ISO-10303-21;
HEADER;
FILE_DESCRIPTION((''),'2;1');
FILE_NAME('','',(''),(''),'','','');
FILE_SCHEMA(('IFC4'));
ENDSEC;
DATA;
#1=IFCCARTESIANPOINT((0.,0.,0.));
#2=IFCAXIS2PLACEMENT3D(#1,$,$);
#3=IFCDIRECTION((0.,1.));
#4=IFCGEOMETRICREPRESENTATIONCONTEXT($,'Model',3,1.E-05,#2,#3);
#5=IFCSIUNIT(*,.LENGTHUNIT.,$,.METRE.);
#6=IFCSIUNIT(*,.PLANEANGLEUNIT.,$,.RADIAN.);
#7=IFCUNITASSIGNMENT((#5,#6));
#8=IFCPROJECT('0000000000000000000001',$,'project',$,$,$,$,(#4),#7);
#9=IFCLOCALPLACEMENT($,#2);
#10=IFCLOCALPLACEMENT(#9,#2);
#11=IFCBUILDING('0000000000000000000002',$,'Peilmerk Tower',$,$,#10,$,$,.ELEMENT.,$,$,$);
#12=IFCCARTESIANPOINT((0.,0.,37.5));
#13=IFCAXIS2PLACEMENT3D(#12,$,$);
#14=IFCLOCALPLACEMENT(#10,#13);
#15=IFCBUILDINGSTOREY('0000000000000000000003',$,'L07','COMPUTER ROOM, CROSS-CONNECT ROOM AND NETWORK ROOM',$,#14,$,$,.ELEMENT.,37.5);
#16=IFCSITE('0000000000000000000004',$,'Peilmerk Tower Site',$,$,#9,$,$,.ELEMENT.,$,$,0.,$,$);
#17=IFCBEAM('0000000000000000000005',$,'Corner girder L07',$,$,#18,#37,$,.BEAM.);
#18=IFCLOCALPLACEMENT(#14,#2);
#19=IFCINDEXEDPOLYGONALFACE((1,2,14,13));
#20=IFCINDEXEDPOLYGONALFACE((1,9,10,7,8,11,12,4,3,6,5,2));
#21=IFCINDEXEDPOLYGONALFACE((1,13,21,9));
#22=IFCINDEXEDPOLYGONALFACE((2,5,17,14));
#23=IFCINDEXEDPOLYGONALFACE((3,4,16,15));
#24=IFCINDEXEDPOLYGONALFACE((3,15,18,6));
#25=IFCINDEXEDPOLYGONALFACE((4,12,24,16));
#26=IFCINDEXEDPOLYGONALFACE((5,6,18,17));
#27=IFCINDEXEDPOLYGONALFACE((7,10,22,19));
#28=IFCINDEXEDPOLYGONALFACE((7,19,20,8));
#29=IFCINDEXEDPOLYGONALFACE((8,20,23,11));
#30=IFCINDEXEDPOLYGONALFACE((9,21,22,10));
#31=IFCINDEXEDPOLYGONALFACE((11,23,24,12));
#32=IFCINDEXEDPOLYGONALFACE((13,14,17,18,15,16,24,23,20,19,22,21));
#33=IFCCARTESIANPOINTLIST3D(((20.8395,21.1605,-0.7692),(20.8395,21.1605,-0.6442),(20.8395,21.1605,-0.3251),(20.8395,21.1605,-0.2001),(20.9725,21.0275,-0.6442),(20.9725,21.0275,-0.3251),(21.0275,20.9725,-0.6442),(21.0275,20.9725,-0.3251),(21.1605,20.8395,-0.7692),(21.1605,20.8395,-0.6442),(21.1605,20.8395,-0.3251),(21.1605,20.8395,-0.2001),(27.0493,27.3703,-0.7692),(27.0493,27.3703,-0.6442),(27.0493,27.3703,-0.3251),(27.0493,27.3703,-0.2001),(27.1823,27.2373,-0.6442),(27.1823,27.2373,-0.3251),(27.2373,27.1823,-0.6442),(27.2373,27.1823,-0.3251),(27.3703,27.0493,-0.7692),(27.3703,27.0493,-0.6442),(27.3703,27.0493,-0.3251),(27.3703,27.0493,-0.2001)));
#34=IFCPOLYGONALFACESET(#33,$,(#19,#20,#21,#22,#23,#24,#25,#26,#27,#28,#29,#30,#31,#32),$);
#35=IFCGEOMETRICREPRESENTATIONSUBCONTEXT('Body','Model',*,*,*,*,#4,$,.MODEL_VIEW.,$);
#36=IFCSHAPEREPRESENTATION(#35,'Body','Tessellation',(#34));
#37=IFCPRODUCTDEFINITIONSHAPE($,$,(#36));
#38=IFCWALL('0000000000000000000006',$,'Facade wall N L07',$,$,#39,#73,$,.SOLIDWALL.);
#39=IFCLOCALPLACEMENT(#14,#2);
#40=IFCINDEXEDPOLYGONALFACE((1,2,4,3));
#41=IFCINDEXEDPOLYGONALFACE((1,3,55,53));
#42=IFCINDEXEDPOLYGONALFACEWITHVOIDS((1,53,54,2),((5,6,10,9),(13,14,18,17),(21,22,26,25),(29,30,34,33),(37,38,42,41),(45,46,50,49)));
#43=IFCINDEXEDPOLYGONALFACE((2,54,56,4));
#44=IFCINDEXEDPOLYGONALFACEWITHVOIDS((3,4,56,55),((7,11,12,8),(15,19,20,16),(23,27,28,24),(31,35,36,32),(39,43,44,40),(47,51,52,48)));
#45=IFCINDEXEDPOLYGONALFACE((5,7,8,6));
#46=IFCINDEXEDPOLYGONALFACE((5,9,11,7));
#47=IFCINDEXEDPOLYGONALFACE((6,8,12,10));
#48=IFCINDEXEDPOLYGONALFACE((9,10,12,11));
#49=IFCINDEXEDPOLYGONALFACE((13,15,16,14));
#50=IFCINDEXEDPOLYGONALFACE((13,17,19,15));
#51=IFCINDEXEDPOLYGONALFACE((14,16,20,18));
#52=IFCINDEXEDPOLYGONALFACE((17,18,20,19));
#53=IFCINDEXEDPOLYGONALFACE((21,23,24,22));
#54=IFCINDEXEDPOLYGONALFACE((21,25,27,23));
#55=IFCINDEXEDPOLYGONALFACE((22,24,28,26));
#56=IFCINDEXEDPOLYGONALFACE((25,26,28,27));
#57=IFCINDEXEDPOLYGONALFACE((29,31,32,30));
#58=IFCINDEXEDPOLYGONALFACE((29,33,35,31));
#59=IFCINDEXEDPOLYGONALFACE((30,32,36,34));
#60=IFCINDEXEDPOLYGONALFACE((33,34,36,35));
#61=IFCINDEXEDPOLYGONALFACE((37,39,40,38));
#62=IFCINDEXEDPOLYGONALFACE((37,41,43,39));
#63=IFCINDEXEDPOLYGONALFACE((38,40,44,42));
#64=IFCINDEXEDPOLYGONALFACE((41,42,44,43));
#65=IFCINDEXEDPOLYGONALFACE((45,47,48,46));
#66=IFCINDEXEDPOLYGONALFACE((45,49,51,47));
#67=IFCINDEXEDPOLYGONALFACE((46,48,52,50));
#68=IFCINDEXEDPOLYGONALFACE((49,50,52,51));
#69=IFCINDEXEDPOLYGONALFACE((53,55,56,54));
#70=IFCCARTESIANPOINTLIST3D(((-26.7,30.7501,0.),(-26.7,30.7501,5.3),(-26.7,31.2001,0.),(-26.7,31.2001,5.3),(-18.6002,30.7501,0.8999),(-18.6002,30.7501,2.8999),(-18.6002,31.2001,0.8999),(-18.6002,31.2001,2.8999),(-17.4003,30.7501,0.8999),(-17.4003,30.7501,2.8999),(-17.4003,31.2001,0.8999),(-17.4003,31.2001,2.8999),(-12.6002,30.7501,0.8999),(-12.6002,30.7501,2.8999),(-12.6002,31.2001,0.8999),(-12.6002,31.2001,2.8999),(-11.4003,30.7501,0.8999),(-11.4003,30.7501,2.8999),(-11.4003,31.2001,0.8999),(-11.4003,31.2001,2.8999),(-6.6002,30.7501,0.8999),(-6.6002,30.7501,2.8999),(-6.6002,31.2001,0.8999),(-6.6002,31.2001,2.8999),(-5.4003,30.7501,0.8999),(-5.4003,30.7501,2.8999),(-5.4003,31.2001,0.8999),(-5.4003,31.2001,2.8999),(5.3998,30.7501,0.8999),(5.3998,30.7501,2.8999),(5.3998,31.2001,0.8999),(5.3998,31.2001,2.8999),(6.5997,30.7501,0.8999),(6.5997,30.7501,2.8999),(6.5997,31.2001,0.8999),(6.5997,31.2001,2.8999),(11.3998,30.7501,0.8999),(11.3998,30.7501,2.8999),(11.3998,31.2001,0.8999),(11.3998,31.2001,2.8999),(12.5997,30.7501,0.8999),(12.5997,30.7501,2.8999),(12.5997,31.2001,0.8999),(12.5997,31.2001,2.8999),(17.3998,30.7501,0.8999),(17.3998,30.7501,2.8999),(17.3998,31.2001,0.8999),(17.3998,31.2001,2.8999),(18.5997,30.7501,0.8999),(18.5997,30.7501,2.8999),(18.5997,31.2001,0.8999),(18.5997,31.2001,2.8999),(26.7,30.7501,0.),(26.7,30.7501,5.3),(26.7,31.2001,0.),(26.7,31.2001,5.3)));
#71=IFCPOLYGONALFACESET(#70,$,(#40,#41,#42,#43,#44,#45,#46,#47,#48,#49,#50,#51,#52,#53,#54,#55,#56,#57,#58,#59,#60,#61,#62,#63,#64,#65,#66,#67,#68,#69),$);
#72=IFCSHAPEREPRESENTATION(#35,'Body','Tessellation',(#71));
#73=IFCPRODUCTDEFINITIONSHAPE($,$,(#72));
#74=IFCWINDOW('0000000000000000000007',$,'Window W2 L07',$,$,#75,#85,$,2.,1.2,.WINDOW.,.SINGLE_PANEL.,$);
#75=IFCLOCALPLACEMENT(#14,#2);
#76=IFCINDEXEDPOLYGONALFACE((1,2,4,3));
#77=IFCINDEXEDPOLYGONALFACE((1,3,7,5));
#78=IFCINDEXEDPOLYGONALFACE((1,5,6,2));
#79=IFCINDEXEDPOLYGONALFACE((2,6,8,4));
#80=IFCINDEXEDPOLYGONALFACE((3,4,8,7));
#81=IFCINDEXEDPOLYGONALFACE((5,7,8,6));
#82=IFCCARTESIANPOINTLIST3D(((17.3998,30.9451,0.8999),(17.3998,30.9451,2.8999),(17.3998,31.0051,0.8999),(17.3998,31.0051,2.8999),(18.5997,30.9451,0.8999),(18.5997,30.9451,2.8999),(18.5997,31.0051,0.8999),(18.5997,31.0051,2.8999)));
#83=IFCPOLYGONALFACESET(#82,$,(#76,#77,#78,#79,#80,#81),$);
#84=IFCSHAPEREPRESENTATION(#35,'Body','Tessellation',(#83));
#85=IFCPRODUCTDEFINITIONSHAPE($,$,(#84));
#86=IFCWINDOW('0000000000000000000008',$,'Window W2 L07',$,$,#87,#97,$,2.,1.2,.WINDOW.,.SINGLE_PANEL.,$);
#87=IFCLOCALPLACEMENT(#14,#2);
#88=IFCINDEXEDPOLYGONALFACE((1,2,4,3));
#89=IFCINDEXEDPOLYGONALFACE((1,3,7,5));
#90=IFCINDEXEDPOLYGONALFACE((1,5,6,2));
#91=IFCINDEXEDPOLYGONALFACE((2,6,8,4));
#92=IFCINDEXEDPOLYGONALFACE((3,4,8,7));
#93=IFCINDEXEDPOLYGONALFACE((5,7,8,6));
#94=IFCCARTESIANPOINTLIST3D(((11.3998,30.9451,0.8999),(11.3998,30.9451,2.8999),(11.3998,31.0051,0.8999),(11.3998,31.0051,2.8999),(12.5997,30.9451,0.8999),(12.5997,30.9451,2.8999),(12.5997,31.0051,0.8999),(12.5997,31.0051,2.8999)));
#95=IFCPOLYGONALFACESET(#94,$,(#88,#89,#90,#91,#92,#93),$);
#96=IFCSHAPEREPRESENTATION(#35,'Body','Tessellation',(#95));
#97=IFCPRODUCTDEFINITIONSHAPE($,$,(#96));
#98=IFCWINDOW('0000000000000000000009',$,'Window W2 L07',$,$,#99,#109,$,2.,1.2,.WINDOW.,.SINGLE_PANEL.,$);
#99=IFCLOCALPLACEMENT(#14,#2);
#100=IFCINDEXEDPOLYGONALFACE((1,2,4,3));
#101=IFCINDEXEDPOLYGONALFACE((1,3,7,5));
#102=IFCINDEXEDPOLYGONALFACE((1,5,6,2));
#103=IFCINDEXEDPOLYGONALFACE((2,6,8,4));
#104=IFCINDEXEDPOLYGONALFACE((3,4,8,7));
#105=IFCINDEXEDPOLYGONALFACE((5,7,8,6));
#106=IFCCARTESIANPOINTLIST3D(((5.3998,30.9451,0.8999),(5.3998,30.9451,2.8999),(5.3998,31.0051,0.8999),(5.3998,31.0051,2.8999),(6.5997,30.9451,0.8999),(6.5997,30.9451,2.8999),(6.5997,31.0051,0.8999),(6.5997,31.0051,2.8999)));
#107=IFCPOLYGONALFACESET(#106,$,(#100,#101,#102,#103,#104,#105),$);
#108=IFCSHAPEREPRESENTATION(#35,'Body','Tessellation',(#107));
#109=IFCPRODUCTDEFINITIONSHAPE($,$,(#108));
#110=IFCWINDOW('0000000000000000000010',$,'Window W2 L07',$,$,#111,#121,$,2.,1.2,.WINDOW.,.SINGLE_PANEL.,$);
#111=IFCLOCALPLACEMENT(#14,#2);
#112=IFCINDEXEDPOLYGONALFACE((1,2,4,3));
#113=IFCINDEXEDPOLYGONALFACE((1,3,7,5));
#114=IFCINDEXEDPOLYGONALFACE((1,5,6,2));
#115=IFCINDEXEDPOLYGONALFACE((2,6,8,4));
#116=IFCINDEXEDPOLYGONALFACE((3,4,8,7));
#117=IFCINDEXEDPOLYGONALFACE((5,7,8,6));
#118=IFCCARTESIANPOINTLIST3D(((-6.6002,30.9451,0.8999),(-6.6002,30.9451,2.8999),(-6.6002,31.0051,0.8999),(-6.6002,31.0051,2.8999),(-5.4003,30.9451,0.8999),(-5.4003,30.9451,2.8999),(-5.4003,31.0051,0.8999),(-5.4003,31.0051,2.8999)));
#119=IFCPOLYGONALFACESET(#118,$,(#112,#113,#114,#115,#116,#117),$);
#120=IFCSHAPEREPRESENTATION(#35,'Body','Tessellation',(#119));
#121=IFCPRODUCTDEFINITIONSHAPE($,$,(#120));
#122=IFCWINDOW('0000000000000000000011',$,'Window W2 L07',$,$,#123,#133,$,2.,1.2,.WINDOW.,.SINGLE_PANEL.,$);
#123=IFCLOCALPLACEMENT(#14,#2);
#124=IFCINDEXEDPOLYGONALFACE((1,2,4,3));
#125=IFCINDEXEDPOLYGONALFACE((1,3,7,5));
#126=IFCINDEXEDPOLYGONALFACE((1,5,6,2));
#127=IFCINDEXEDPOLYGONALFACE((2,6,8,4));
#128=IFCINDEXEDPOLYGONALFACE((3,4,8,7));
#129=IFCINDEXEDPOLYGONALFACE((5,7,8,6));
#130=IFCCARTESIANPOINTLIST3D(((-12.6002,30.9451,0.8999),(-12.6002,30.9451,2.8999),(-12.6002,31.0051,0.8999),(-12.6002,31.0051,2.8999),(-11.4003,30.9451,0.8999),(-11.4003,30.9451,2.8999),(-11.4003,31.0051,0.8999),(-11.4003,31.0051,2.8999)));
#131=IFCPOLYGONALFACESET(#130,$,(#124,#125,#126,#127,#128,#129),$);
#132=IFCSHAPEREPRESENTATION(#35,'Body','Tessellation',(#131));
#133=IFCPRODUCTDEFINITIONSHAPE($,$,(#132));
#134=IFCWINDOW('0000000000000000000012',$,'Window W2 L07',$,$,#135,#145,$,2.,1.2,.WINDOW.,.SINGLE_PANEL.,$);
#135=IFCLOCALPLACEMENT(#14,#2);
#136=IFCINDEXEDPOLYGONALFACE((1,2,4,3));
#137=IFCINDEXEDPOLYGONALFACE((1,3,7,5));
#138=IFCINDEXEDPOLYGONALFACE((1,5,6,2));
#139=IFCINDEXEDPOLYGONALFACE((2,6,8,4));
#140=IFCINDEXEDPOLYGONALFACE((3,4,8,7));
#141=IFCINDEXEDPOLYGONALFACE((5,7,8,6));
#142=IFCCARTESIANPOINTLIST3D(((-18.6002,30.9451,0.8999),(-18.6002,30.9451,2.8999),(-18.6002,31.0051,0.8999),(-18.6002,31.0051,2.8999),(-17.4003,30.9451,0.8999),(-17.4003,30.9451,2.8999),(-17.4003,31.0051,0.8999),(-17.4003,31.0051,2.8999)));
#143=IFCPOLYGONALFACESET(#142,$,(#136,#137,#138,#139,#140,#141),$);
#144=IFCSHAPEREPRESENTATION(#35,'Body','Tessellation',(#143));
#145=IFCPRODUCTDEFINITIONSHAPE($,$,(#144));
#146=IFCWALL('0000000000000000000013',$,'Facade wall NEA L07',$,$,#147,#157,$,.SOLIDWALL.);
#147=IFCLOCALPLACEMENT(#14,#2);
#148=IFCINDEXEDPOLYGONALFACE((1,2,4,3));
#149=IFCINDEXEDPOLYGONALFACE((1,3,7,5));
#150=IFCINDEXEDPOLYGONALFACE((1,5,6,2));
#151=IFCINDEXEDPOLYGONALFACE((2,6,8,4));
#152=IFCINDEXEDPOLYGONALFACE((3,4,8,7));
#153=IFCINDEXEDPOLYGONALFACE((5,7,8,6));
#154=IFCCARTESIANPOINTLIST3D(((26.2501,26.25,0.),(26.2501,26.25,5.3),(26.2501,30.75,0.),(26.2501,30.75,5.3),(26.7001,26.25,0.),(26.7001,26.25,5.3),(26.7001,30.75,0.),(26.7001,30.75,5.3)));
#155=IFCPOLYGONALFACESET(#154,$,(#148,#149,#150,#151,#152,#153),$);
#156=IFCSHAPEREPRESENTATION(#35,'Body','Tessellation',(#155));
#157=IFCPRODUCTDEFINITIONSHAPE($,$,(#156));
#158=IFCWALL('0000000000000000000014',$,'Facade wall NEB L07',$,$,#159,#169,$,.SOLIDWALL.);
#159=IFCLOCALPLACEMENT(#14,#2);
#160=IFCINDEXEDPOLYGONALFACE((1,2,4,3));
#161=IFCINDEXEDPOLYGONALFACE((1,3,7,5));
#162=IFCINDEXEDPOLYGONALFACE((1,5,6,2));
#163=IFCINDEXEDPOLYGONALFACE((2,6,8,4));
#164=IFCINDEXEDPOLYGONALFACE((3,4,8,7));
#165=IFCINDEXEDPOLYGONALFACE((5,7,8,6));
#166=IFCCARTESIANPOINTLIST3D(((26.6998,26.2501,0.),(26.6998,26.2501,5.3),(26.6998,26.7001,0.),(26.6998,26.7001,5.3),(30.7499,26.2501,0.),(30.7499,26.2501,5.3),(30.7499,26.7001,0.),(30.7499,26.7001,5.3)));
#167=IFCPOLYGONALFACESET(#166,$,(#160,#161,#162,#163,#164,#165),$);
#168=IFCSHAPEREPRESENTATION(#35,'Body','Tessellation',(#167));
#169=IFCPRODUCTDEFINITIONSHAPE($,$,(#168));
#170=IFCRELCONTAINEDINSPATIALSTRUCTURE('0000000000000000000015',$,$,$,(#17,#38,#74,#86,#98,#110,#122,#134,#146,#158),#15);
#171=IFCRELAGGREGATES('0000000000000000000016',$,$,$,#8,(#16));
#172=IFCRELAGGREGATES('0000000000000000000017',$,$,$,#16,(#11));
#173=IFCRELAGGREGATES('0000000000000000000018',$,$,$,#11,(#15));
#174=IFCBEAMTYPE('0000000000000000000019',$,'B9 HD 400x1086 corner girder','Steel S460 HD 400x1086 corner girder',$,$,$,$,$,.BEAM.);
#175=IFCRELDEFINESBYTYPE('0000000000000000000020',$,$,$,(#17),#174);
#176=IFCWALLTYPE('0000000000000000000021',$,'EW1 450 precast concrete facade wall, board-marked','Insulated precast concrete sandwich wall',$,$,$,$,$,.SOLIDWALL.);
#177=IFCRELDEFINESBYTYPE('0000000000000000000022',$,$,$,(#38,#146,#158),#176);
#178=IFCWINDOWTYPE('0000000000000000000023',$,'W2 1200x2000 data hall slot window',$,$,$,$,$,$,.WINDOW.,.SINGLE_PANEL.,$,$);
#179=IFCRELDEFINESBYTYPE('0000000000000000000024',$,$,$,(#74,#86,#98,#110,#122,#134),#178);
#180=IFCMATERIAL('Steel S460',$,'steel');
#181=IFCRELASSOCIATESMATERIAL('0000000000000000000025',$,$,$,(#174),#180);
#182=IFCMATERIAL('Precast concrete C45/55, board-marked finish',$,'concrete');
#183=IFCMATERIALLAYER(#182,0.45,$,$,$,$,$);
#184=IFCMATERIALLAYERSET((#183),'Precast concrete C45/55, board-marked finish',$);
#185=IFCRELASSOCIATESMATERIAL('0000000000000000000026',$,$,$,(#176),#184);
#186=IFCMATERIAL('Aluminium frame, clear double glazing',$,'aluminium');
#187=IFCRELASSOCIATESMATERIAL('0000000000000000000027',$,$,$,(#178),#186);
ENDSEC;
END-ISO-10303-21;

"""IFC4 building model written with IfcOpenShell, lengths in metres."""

from ifc_helpers import new_model, si_unit, direction, frame, frame_2d, origin, origin_2d, place, context, subcontext, project, spatial, rectangle, i_section, extrude, material, layer, layer_set, material_profile, profile_set, type_object, element, fill, save


model = new_model("IFC4")

# Units and contexts
model_context = context("Model", 3, precision=1e-05, world=origin(), true_north=direction((0.0, 1.0)))
body_context = subcontext(model_context, "Body", "Model", "MODEL_VIEW")
ifc_project = project(units=[si_unit("LENGTHUNIT", "METRE"), si_unit("PLANEANGLEUNIT", "RADIAN")], contexts=[model_context])

# Site, building, storey
site_placement = place(None, origin())
site = spatial("IfcSite", under=ifc_project, at=site_placement, Name="Peilmerk Tower Site", CompositionType="ELEMENT", RefElevation=0.0)
building_placement = place(site_placement, origin())
building = spatial("IfcBuilding", under=site, at=building_placement, Name="Peilmerk Tower", CompositionType="ELEMENT")
storey_placement = place(building_placement, frame((0.0, 0.0, 37.5)))
storey = spatial("IfcBuildingStorey", under=building, at=storey_placement, Name="L07", Description="COMPUTER ROOM, CROSS-CONNECT ROOM AND NETWORK ROOM", CompositionType="ELEMENT", Elevation=37.5)

# Beam
ifc_material_1 = material(Name="Steel S460", Category="steel")
ifc_material_profile_1 = material_profile(ifc_material_1, i_section(OverallWidth=0.4541, OverallDepth=0.5691, WebThickness=0.0779, FlangeThickness=0.125, at=origin_2d()), Name="HD 400x1086")
ifc_profile_set_1 = profile_set([ifc_material_profile_1], Name="Steel S460")
beam_type_1 = type_object("IfcBeamType", Name="B9 HD 400x1086 corner girder", Description="Steel S460 HD 400x1086 corner girder", PredefinedType="BEAM", material=ifc_profile_set_1)
beam_1_placement = place(storey_placement, frame((21.0, 21.0, -0.4846), z_axis=(0.707107, 0.707107, 0.0), x_axis=(-0.707107, 0.707107, 0.0)))
element("IfcBeam", 1, at=beam_1_placement, inside=storey, type_object=beam_type_1, Name="Corner girder L07", PredefinedType="BEAM", context=body_context, shape_type="SweptSolid", body=[
    extrude(i_section(OverallWidth=0.4541, OverallDepth=0.5691, WebThickness=0.0779, FlangeThickness=0.125, at=origin_2d()), origin(), (0.0, 0.0, 1.0), 8.782),
])

# Wall, openings, windows
ifc_material_2 = material(Name="Precast concrete C45/55, board-marked finish", Category="concrete")
ifc_layer = layer(ifc_material_2, 0.45)
ifc_layer_set = layer_set([ifc_layer], Name="Precast concrete C45/55, board-marked finish")
wall_type = type_object("IfcWallType", Name="EW1 450 precast concrete facade wall, board-marked", Description="Insulated precast concrete sandwich wall", PredefinedType="SOLIDWALL", material=ifc_layer_set)
wall_1_placement = place(storey_placement, frame((26.7, 30.9751, 0.0), z_axis=(0.0, 0.0, 1.0), x_axis=(-1.0, 0.0, 0.0)))
wall_1 = element("IfcWall", 2, at=wall_1_placement, inside=storey, type_object=wall_type, Name="Facade wall N L07", PredefinedType="SOLIDWALL", context=body_context, shape_type="SweptSolid", body=[
    extrude(rectangle(XDim=53.3999, YDim=0.45, at=frame_2d((26.7, 0.0))), origin(), (0.0, 0.0, 1.0), 5.3),
])
opening_1_placement = place(wall_1_placement, frame((8.1001, 0.0, 0.8999)))
opening_1 = element("IfcOpeningElement", 3, at=opening_1_placement, cuts=wall_1, PredefinedType="OPENING", context=body_context, shape_type="SweptSolid", body=[
    extrude(rectangle(XDim=1.2, YDim=2.0, at=frame_2d((0.6001, 1.0))), frame((0.0, 0.2349, 0.0), z_axis=(0.0, -1.0, 0.0), x_axis=(1.0, 0.0, 0.0)), (0.0, 0.0, 1.0), 0.47),
])
opening_2_placement = place(wall_1_placement, frame((14.1001, 0.0, 0.8999)))
opening_2 = element("IfcOpeningElement", 4, at=opening_2_placement, cuts=wall_1, PredefinedType="OPENING", context=body_context, shape_type="SweptSolid", body=[
    extrude(rectangle(XDim=1.2, YDim=2.0, at=frame_2d((0.6001, 1.0))), frame((0.0, 0.2349, 0.0), z_axis=(0.0, -1.0, 0.0), x_axis=(1.0, 0.0, 0.0)), (0.0, 0.0, 1.0), 0.47),
])
opening_3_placement = place(wall_1_placement, frame((20.1001, 0.0, 0.8999)))
opening_3 = element("IfcOpeningElement", 5, at=opening_3_placement, cuts=wall_1, PredefinedType="OPENING", context=body_context, shape_type="SweptSolid", body=[
    extrude(rectangle(XDim=1.2, YDim=2.0, at=frame_2d((0.6001, 1.0))), frame((0.0, 0.2349, 0.0), z_axis=(0.0, -1.0, 0.0), x_axis=(1.0, 0.0, 0.0)), (0.0, 0.0, 1.0), 0.47),
])
opening_4_placement = place(wall_1_placement, frame((32.1001, 0.0, 0.8999)))
opening_4 = element("IfcOpeningElement", 6, at=opening_4_placement, cuts=wall_1, PredefinedType="OPENING", context=body_context, shape_type="SweptSolid", body=[
    extrude(rectangle(XDim=1.2, YDim=2.0, at=frame_2d((0.6001, 1.0))), frame((0.0, 0.2349, 0.0), z_axis=(0.0, -1.0, 0.0), x_axis=(1.0, 0.0, 0.0)), (0.0, 0.0, 1.0), 0.47),
])
opening_5_placement = place(wall_1_placement, frame((38.1001, 0.0, 0.8999)))
opening_5 = element("IfcOpeningElement", 7, at=opening_5_placement, cuts=wall_1, PredefinedType="OPENING", context=body_context, shape_type="SweptSolid", body=[
    extrude(rectangle(XDim=1.2, YDim=2.0, at=frame_2d((0.6001, 1.0))), frame((0.0, 0.2349, 0.0), z_axis=(0.0, -1.0, 0.0), x_axis=(1.0, 0.0, 0.0)), (0.0, 0.0, 1.0), 0.47),
])
opening_6_placement = place(wall_1_placement, frame((44.1001, 0.0, 0.8999)))
opening_6 = element("IfcOpeningElement", 8, at=opening_6_placement, cuts=wall_1, PredefinedType="OPENING", context=body_context, shape_type="SweptSolid", body=[
    extrude(rectangle(XDim=1.2, YDim=2.0, at=frame_2d((0.6001, 1.0))), frame((0.0, 0.2349, 0.0), z_axis=(0.0, -1.0, 0.0), x_axis=(1.0, 0.0, 0.0)), (0.0, 0.0, 1.0), 0.47),
])
ifc_material_3 = material(Name="Aluminium frame, clear double glazing", Category="aluminium")
window_type = type_object("IfcWindowType", Name="W2 1200x2000 data hall slot window", PartitioningType="SINGLE_PANEL", PredefinedType="WINDOW", material=ifc_material_3)
window_1_placement = place(opening_1_placement, origin())
window_1 = element("IfcWindow", 9, at=window_1_placement, inside=storey, type_object=window_type, Name="Window W2 L07", OverallHeight=2.0, OverallWidth=1.2, PartitioningType="SINGLE_PANEL", PredefinedType="WINDOW", context=body_context, shape_type="SweptSolid", body=[
    extrude(rectangle(XDim=1.2, YDim=2.0, at=frame_2d((0.6001, 1.0))), frame((0.0, 0.03, 0.0), z_axis=(0.0, -1.0, 0.0), x_axis=(1.0, 0.0, 0.0)), (0.0, 0.0, 1.0), 0.0601),
])
fill(opening_1, window_1)
window_2_placement = place(opening_2_placement, origin())
window_2 = element("IfcWindow", 10, at=window_2_placement, inside=storey, type_object=window_type, Name="Window W2 L07", OverallHeight=2.0, OverallWidth=1.2, PartitioningType="SINGLE_PANEL", PredefinedType="WINDOW", context=body_context, shape_type="SweptSolid", body=[
    extrude(rectangle(XDim=1.2, YDim=2.0, at=frame_2d((0.6001, 1.0))), frame((0.0, 0.03, 0.0), z_axis=(0.0, -1.0, 0.0), x_axis=(1.0, 0.0, 0.0)), (0.0, 0.0, 1.0), 0.0601),
])
fill(opening_2, window_2)
window_3_placement = place(opening_3_placement, origin())
window_3 = element("IfcWindow", 11, at=window_3_placement, inside=storey, type_object=window_type, Name="Window W2 L07", OverallHeight=2.0, OverallWidth=1.2, PartitioningType="SINGLE_PANEL", PredefinedType="WINDOW", context=body_context, shape_type="SweptSolid", body=[
    extrude(rectangle(XDim=1.2, YDim=2.0, at=frame_2d((0.6001, 1.0))), frame((0.0, 0.03, 0.0), z_axis=(0.0, -1.0, 0.0), x_axis=(1.0, 0.0, 0.0)), (0.0, 0.0, 1.0), 0.0601),
])
fill(opening_3, window_3)
window_4_placement = place(opening_4_placement, origin())
window_4 = element("IfcWindow", 12, at=window_4_placement, inside=storey, type_object=window_type, Name="Window W2 L07", OverallHeight=2.0, OverallWidth=1.2, PartitioningType="SINGLE_PANEL", PredefinedType="WINDOW", context=body_context, shape_type="SweptSolid", body=[
    extrude(rectangle(XDim=1.2, YDim=2.0, at=frame_2d((0.6001, 1.0))), frame((0.0, 0.03, 0.0), z_axis=(0.0, -1.0, 0.0), x_axis=(1.0, 0.0, 0.0)), (0.0, 0.0, 1.0), 0.0601),
])
fill(opening_4, window_4)
window_5_placement = place(opening_5_placement, origin())
window_5 = element("IfcWindow", 13, at=window_5_placement, inside=storey, type_object=window_type, Name="Window W2 L07", OverallHeight=2.0, OverallWidth=1.2, PartitioningType="SINGLE_PANEL", PredefinedType="WINDOW", context=body_context, shape_type="SweptSolid", body=[
    extrude(rectangle(XDim=1.2, YDim=2.0, at=frame_2d((0.6001, 1.0))), frame((0.0, 0.03, 0.0), z_axis=(0.0, -1.0, 0.0), x_axis=(1.0, 0.0, 0.0)), (0.0, 0.0, 1.0), 0.0601),
])
fill(opening_5, window_5)
window_6_placement = place(opening_6_placement, origin())
window_6 = element("IfcWindow", 14, at=window_6_placement, inside=storey, type_object=window_type, Name="Window W2 L07", OverallHeight=2.0, OverallWidth=1.2, PartitioningType="SINGLE_PANEL", PredefinedType="WINDOW", context=body_context, shape_type="SweptSolid", body=[
    extrude(rectangle(XDim=1.2, YDim=2.0, at=frame_2d((0.6001, 1.0))), frame((0.0, 0.03, 0.0), z_axis=(0.0, -1.0, 0.0), x_axis=(1.0, 0.0, 0.0)), (0.0, 0.0, 1.0), 0.0601),
])
fill(opening_6, window_6)

# Walls
wall_2_placement = place(storey_placement, frame((26.4751, 26.25, 0.0), z_axis=(0.0, 0.0, 1.0), x_axis=(0.0, 1.0, 0.0)))
element("IfcWall", 15, at=wall_2_placement, inside=storey, type_object=wall_type, Name="Facade wall NEA L07", PredefinedType="SOLIDWALL", context=body_context, shape_type="SweptSolid", body=[
    extrude(rectangle(XDim=4.5, YDim=0.45, at=frame_2d((2.25, 0.0))), origin(), (0.0, 0.0, 1.0), 5.3),
])
wall_3_placement = place(storey_placement, frame((26.7, 26.4751, 0.0), z_axis=(0.0, 0.0, 1.0), x_axis=(1.0, 0.0, 0.0)))
element("IfcWall", 16, at=wall_3_placement, inside=storey, type_object=wall_type, Name="Facade wall NEB L07", PredefinedType="SOLIDWALL", context=body_context, shape_type="SweptSolid", body=[
    extrude(rectangle(XDim=4.05, YDim=0.45, at=frame_2d((2.0249, 0.0))), origin(), (0.0, 0.0, 1.0), 5.3),
])

save(model, "model.ifc")
